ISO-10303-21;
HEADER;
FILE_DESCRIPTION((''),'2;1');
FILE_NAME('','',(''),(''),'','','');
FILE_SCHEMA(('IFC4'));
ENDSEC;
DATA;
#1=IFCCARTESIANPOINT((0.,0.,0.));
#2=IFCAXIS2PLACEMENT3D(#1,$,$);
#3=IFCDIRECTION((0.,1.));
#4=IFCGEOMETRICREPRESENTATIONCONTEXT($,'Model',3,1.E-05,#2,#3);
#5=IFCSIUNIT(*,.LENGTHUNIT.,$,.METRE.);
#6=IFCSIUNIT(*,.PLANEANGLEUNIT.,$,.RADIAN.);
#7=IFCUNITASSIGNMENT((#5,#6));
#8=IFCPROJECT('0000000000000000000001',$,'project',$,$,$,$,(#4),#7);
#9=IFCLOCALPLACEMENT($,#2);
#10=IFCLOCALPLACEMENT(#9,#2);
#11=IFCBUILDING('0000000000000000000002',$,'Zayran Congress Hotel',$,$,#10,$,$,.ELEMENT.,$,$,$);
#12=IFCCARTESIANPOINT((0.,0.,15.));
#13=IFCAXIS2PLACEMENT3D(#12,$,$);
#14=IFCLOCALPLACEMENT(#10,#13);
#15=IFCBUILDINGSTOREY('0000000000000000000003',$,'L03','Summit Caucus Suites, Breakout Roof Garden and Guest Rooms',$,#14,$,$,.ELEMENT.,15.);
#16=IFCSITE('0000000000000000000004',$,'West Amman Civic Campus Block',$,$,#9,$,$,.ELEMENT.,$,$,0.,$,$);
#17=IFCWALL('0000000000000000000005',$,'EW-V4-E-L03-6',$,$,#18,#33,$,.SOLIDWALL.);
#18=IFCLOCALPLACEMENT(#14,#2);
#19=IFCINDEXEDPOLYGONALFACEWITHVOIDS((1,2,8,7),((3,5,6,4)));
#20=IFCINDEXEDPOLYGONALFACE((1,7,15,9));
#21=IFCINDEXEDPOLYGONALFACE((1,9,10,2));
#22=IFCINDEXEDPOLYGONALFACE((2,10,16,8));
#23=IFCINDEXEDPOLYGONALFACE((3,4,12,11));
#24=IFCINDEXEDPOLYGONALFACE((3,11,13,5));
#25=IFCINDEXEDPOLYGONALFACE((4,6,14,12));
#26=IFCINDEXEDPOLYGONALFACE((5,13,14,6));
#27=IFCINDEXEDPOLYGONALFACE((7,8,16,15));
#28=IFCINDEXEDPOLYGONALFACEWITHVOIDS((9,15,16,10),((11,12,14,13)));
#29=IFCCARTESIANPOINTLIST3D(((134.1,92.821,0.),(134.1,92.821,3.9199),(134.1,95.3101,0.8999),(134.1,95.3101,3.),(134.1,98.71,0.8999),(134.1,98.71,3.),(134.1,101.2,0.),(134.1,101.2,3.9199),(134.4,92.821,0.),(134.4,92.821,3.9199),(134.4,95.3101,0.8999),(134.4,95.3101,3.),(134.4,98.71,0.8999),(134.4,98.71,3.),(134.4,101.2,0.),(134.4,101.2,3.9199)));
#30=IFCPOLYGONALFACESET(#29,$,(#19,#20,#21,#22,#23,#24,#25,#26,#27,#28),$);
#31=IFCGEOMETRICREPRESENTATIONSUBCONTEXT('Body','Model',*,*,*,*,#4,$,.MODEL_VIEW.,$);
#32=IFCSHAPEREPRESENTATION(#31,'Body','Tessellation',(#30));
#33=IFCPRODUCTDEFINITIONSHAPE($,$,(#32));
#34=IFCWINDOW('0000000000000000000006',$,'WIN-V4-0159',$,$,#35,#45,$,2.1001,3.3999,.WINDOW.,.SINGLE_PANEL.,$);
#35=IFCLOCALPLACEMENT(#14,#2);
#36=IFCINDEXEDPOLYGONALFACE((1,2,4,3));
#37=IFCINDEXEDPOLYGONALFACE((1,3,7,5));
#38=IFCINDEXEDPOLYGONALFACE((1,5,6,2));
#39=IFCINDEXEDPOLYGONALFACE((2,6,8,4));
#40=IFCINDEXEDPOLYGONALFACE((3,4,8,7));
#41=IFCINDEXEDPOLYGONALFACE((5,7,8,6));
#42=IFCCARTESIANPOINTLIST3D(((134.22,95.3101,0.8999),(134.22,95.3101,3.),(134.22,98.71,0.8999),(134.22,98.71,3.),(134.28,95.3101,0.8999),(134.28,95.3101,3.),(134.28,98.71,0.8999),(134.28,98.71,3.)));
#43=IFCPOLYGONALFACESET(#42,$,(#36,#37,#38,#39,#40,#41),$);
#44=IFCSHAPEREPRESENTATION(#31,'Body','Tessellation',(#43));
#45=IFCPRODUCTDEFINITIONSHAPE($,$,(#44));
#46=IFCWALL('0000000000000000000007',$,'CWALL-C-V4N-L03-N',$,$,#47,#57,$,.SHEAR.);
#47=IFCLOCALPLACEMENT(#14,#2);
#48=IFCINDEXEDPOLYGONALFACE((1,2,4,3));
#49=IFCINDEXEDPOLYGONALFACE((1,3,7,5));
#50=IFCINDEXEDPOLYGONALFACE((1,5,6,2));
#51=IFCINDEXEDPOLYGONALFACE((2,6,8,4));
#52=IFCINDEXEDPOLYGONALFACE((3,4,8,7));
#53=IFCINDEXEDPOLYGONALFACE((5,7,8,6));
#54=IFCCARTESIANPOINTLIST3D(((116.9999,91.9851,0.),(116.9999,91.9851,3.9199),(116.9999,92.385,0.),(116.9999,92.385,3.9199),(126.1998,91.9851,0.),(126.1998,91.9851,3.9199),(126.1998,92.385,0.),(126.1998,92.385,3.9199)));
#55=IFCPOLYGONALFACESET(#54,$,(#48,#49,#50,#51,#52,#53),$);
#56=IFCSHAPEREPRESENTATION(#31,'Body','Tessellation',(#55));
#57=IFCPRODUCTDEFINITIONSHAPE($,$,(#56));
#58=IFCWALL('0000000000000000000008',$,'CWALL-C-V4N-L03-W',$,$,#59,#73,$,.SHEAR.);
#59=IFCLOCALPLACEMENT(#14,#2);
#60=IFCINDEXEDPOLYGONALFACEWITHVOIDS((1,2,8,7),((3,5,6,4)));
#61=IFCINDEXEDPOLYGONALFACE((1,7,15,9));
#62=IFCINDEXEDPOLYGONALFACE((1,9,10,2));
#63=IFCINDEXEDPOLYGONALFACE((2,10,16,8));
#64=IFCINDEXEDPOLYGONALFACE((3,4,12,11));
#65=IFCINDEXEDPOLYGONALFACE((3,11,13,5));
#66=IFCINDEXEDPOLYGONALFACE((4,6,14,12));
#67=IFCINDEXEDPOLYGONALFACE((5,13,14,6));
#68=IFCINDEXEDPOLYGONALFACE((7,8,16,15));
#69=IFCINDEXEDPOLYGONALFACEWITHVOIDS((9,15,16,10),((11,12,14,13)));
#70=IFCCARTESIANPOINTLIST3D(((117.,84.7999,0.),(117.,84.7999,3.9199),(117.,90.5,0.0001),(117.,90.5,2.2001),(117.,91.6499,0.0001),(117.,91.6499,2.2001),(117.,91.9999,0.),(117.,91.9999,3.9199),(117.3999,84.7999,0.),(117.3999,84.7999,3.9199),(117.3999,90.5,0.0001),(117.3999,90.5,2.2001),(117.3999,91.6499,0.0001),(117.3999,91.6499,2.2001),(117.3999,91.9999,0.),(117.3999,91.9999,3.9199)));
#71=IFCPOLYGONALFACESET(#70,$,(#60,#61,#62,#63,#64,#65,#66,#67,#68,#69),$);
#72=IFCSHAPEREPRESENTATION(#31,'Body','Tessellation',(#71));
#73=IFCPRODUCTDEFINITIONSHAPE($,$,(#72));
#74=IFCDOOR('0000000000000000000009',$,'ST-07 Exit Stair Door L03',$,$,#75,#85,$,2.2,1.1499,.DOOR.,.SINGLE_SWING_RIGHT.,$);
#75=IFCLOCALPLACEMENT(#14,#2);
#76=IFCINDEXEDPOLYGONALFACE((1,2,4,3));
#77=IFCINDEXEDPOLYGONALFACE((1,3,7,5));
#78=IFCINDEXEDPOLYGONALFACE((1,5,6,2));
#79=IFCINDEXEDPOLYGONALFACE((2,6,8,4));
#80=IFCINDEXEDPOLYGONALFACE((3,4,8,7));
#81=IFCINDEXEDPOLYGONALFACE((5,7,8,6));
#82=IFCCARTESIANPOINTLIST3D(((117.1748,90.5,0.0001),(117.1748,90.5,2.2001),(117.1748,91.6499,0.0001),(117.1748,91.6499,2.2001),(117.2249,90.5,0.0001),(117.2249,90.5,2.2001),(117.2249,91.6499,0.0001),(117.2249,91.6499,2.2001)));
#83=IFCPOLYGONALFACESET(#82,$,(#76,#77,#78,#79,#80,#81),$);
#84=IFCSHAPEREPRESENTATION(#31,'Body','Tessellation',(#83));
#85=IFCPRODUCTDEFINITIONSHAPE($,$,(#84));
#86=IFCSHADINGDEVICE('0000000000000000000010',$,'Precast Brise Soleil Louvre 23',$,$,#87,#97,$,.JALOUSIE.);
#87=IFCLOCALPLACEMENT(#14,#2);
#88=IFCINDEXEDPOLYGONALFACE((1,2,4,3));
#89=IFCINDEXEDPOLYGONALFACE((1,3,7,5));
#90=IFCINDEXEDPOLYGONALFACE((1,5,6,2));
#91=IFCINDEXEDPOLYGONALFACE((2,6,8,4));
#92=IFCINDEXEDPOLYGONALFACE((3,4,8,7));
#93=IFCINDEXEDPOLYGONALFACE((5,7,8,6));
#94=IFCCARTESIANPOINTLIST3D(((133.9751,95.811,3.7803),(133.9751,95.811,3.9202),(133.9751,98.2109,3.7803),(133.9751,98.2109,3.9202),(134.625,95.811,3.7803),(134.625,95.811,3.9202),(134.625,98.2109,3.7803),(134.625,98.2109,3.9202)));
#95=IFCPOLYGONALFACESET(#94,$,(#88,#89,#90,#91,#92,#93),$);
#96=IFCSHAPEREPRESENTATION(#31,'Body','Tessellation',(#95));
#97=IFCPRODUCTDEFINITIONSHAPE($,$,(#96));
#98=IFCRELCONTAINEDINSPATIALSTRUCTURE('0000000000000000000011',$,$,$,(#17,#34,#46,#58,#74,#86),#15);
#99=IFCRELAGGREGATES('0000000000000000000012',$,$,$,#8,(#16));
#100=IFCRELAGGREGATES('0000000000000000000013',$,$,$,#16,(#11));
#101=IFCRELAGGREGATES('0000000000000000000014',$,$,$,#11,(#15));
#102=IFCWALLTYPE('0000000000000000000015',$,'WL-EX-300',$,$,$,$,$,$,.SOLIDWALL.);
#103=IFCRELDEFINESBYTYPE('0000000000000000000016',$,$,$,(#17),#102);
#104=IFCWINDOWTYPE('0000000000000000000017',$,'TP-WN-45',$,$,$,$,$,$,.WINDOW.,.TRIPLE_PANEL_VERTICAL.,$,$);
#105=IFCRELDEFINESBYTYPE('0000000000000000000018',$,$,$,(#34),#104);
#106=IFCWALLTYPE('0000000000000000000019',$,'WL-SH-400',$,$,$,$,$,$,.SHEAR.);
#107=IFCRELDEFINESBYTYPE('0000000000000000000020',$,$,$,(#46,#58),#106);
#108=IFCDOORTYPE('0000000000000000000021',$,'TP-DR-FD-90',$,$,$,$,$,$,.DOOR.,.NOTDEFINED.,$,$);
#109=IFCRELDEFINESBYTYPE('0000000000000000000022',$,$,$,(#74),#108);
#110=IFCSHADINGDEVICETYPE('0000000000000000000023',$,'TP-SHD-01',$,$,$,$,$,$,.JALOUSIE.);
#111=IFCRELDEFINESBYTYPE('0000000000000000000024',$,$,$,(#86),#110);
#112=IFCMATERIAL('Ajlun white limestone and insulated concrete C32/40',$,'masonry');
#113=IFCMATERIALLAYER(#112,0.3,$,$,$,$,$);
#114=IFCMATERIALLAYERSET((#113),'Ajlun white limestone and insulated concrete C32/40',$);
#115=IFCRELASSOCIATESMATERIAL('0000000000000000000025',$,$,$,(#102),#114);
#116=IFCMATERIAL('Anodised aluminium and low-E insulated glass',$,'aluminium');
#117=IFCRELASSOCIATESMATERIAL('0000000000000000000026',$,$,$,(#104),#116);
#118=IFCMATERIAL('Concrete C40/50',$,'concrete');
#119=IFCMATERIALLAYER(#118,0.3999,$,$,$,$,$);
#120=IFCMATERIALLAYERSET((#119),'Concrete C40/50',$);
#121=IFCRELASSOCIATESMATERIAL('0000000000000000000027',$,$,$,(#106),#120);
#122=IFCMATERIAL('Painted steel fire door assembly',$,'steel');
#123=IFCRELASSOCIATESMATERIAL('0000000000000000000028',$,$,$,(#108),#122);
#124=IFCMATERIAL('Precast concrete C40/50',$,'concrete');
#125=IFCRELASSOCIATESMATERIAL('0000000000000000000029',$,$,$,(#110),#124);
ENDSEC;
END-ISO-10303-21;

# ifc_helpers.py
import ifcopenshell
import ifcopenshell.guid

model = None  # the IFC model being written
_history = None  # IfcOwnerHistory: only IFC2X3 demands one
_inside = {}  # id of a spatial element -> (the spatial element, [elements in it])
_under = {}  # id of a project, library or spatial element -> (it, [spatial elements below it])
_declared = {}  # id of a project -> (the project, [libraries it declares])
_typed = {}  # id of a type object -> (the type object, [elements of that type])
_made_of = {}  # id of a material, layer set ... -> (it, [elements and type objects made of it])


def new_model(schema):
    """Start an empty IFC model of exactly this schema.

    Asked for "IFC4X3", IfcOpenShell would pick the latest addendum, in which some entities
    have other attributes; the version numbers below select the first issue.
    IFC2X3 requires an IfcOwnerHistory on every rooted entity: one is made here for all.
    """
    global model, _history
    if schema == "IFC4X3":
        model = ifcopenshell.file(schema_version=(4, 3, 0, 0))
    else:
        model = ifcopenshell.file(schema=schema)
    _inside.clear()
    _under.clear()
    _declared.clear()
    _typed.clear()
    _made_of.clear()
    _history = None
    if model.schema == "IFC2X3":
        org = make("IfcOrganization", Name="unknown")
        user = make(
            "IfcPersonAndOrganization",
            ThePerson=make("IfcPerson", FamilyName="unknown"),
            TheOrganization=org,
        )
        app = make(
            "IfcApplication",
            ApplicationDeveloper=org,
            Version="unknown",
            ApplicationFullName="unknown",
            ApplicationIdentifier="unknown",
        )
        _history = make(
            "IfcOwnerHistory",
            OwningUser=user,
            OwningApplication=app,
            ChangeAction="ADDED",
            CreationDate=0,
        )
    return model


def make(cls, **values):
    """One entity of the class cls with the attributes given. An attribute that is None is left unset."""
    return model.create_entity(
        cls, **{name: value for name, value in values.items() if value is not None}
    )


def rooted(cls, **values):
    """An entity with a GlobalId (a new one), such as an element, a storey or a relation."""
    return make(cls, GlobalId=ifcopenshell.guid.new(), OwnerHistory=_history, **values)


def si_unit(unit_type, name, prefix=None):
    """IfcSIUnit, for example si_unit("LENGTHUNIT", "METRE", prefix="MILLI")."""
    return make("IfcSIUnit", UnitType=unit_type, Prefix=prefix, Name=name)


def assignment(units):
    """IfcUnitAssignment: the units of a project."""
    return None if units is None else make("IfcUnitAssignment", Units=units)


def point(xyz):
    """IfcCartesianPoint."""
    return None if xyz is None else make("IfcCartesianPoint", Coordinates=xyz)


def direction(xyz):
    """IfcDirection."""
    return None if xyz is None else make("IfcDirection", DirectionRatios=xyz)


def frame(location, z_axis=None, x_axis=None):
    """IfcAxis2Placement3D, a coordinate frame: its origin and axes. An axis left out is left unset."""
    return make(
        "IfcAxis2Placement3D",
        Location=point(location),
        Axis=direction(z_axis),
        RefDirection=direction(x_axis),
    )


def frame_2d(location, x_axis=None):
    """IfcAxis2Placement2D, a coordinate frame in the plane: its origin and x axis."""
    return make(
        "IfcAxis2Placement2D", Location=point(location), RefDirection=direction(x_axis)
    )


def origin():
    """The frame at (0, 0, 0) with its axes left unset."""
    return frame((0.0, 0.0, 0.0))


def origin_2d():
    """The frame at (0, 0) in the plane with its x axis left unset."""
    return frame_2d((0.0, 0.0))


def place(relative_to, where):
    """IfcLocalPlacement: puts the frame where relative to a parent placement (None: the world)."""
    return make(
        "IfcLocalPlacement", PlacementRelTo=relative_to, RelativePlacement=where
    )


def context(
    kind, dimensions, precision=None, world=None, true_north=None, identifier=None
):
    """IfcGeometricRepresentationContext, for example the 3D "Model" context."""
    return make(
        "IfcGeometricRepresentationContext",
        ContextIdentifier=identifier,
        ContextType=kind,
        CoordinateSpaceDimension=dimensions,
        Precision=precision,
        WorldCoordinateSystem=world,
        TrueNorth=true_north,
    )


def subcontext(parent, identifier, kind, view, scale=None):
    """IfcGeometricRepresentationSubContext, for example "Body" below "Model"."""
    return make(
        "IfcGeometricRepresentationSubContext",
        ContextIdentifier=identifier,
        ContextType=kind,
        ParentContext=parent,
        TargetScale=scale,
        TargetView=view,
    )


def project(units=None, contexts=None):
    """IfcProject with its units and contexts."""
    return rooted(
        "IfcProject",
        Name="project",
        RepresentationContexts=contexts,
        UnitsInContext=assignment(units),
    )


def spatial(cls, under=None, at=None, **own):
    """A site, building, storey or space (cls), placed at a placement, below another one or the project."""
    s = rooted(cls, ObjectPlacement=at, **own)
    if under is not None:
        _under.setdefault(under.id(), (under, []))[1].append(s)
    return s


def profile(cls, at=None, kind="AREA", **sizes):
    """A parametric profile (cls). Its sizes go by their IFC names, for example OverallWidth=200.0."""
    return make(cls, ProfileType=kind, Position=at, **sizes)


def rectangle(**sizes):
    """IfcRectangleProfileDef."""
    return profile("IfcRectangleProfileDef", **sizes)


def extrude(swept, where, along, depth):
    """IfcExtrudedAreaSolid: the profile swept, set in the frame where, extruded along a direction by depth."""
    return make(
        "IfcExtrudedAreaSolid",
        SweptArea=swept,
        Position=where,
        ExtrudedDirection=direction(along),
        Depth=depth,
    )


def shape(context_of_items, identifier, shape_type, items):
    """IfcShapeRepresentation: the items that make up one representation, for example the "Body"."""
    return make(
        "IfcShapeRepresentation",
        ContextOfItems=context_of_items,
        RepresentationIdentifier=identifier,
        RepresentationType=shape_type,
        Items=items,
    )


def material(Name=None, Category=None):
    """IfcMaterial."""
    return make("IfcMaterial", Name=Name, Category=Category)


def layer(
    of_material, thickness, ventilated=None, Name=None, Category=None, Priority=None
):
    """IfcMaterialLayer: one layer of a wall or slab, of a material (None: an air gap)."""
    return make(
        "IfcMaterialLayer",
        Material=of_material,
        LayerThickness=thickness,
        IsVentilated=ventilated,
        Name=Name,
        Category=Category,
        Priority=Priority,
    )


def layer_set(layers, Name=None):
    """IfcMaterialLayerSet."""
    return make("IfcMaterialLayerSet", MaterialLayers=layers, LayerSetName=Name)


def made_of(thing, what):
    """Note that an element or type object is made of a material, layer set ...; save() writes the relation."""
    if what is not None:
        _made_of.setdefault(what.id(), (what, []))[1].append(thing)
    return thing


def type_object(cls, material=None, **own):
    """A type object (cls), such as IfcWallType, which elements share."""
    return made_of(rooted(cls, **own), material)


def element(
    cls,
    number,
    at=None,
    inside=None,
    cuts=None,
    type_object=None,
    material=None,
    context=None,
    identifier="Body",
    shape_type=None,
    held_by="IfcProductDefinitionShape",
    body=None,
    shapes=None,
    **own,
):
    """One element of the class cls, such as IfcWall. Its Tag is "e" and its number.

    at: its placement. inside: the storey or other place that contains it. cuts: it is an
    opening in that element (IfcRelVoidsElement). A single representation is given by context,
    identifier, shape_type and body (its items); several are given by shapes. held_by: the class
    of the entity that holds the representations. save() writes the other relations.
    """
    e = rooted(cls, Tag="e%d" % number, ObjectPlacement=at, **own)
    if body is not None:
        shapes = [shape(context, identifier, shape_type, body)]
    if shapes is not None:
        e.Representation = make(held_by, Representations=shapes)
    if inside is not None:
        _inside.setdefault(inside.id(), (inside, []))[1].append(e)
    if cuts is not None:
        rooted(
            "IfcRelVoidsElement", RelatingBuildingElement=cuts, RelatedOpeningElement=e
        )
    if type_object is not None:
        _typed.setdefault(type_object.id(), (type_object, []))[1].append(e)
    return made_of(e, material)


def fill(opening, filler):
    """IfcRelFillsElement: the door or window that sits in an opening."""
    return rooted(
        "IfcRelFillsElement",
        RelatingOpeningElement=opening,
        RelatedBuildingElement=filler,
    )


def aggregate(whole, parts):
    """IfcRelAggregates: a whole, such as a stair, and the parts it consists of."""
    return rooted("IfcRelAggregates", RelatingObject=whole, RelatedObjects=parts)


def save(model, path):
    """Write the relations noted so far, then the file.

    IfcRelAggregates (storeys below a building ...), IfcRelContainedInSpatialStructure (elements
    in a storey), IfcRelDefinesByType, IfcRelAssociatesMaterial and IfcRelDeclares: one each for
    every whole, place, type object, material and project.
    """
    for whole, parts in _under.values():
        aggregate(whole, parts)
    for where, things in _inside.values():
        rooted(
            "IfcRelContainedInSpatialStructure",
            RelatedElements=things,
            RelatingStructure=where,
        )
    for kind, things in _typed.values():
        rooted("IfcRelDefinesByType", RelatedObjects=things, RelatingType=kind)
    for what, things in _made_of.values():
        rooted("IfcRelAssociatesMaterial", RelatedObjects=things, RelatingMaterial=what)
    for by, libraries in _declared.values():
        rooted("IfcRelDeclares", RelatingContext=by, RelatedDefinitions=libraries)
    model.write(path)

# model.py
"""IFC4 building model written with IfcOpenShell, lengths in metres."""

from ifc_helpers import new_model, si_unit, direction, frame, frame_2d, origin, origin_2d, place, context, subcontext, project, spatial, rectangle, extrude, material, layer, layer_set, type_object, element, fill, save


model = new_model("IFC4")

# Units and contexts
model_context = context("Model", 3, precision=1e-05, world=origin(), true_north=direction((0.0, 1.0)))
body_context = subcontext(model_context, "Body", "Model", "MODEL_VIEW")
ifc_project = project(units=[si_unit("LENGTHUNIT", "METRE"), si_unit("PLANEANGLEUNIT", "RADIAN")], contexts=[model_context])

# Site, building, storey
site_placement = place(None, origin())
site = spatial("IfcSite", under=ifc_project, at=site_placement, Name="West Amman Civic Campus Block", CompositionType="ELEMENT", RefElevation=0.0)
building_placement = place(site_placement, origin())
building = spatial("IfcBuilding", under=site, at=building_placement, Name="Zayran Congress Hotel", CompositionType="ELEMENT")
storey_placement = place(building_placement, frame((0.0, 0.0, 15.0)))
storey = spatial("IfcBuildingStorey", under=building, at=storey_placement, Name="L03", Description="Summit Caucus Suites, Breakout Roof Garden and Guest Rooms", CompositionType="ELEMENT", Elevation=15.0)

# Shared definitions
ifc_material_1 = material(Name="Concrete C40/50", Category="concrete")

# Shared definitions
ifc_material_2 = material(Name="Ajlun white limestone and insulated concrete C32/40", Category="masonry")
ifc_layer_1 = layer(ifc_material_2, 0.3)
ifc_layer_set_1 = layer_set([ifc_layer_1], Name="Ajlun white limestone and insulated concrete C32/40")
wall_type_1 = type_object("IfcWallType", Name="WL-EX-300", PredefinedType="SOLIDWALL", material=ifc_layer_set_1)

# Wall, opening, window
ifc_material_3 = material(Name="Anodised aluminium and low-E insulated glass", Category="aluminium")
wall_1_placement = place(storey_placement, frame((134.25, 101.2, 0.0), z_axis=(0.0, 0.0, 1.0), x_axis=(0.0, -1.0, 0.0)))
wall_1 = element("IfcWall", 1, at=wall_1_placement, inside=storey, type_object=wall_type_1, Name="EW-V4-E-L03-6", PredefinedType="SOLIDWALL", context=body_context, shape_type="SweptSolid", body=[
    extrude(rectangle(XDim=8.3789, YDim=0.3, at=frame_2d((4.1895, 0.0))), origin(), (0.0, 0.0, 1.0), 3.9199),
])
opening_1_placement = place(wall_1_placement, frame((2.49, 0.0, 0.8999)))
opening_1 = element("IfcOpeningElement", 2, at=opening_1_placement, cuts=wall_1, PredefinedType="OPENING", context=body_context, shape_type="SweptSolid", body=[
    extrude(rectangle(XDim=3.3999, YDim=2.1001, at=frame_2d((1.7, 1.05))), frame((0.0, 0.1599, 0.0), z_axis=(0.0, -1.0, 0.0), x_axis=(1.0, 0.0, 0.0)), (0.0, 0.0, 1.0), 0.3201),
])
window_type_1 = type_object("IfcWindowType", Name="TP-WN-45", PartitioningType="TRIPLE_PANEL_VERTICAL", PredefinedType="WINDOW", material=ifc_material_3)
window_1_placement = place(opening_1_placement, origin())
window_1 = element("IfcWindow", 3, at=window_1_placement, inside=storey, type_object=window_type_1, Name="WIN-V4-0159", OverallHeight=2.1001, OverallWidth=3.3999, PartitioningType="SINGLE_PANEL", PredefinedType="WINDOW", context=body_context, shape_type="SweptSolid", body=[
    extrude(rectangle(XDim=3.3999, YDim=2.1001, at=frame_2d((1.7, 1.05))), frame((0.0, 0.03, 0.0), z_axis=(0.0, -1.0, 0.0), x_axis=(1.0, 0.0, 0.0)), (0.0, 0.0, 1.0), 0.0601),
])
fill(opening_1, window_1)

# Wall
ifc_layer_2 = layer(ifc_material_1, 0.3999)
ifc_layer_set_2 = layer_set([ifc_layer_2], Name="Concrete C40/50")
wall_type_2 = type_object("IfcWallType", Name="WL-SH-400", PredefinedType="SHEAR", material=ifc_layer_set_2)
wall_2_placement = place(storey_placement, frame((126.2, 92.1851, 0.0), z_axis=(0.0, 0.0, 1.0), x_axis=(-1.0, 0.0, 0.0)))
element("IfcWall", 4, at=wall_2_placement, inside=storey, type_object=wall_type_2, Name="CWALL-C-V4N-L03-N", PredefinedType="SHEAR", context=body_context, shape_type="SweptSolid", body=[
    extrude(rectangle(XDim=9.2, YDim=0.3999, at=frame_2d((4.6001, 0.0))), origin(), (0.0, 0.0, 1.0), 3.9199),
])

# Wall, opening, door
wall_3_placement = place(storey_placement, frame((117.2, 92.0, 0.0), z_axis=(0.0, 0.0, 1.0), x_axis=(0.0, -1.0, 0.0)))
wall_3 = element("IfcWall", 5, at=wall_3_placement, inside=storey, type_object=wall_type_2, Name="CWALL-C-V4N-L03-W", PredefinedType="SHEAR", context=body_context, shape_type="SweptSolid", body=[
    extrude(rectangle(XDim=7.2, YDim=0.3999, at=frame_2d((3.6001, 0.0))), origin(), (0.0, 0.0, 1.0), 3.9199),
])
opening_2_placement = place(wall_3_placement, frame((0.3501, 0.0, 0.0)))
opening_2 = element("IfcOpeningElement", 6, at=opening_2_placement, cuts=wall_3, PredefinedType="OPENING", context=body_context, shape_type="SweptSolid", body=[
    extrude(rectangle(XDim=1.1499, YDim=2.2, at=frame_2d((0.575, 1.1001))), frame((0.0, 0.21, 0.0), z_axis=(0.0, -1.0, 0.0), x_axis=(1.0, 0.0, 0.0)), (0.0, 0.0, 1.0), 0.4199),
])
ifc_material_4 = material(Name="Painted steel fire door assembly", Category="steel")
door_type_1 = type_object("IfcDoorType", Name="TP-DR-FD-90", OperationType="NOTDEFINED", PredefinedType="DOOR", material=ifc_material_4)
door_1_placement = place(opening_2_placement, origin())
door_1 = element("IfcDoor", 7, at=door_1_placement, inside=storey, type_object=door_type_1, Name="ST-07 Exit Stair Door L03", OperationType="SINGLE_SWING_RIGHT", OverallHeight=2.2, OverallWidth=1.1499, PredefinedType="DOOR", context=body_context, shape_type="SweptSolid", body=[
    extrude(rectangle(XDim=1.1499, YDim=2.2, at=frame_2d((0.575, 1.1001))), frame((0.0, 0.0249, 0.0), z_axis=(0.0, -1.0, 0.0), x_axis=(1.0, 0.0, 0.0)), (0.0, 0.0, 1.0), 0.05),
])
fill(opening_2, door_1)

# Shading device
ifc_material_5 = material(Name="Precast concrete C40/50", Category="concrete")
shading_device_type = type_object("IfcShadingDeviceType", Name="TP-SHD-01", PredefinedType="JALOUSIE", material=ifc_material_5)
shading_device_placement = place(storey_placement, frame((134.3, 97.011, 3.7803), z_axis=(0.0, 0.0, 1.0), x_axis=(0.0, 1.0, 0.0)))
element("IfcShadingDevice", 8, at=shading_device_placement, inside=storey, type_object=shading_device_type, Name="Precast Brise Soleil Louvre 23", PredefinedType="JALOUSIE", context=body_context, shape_type="SweptSolid", body=[
    extrude(rectangle(XDim=2.3999, YDim=0.6499, at=origin_2d()), origin(), (0.0, 0.0, 1.0), 0.1399),
])

save(model, "model.ifc")
